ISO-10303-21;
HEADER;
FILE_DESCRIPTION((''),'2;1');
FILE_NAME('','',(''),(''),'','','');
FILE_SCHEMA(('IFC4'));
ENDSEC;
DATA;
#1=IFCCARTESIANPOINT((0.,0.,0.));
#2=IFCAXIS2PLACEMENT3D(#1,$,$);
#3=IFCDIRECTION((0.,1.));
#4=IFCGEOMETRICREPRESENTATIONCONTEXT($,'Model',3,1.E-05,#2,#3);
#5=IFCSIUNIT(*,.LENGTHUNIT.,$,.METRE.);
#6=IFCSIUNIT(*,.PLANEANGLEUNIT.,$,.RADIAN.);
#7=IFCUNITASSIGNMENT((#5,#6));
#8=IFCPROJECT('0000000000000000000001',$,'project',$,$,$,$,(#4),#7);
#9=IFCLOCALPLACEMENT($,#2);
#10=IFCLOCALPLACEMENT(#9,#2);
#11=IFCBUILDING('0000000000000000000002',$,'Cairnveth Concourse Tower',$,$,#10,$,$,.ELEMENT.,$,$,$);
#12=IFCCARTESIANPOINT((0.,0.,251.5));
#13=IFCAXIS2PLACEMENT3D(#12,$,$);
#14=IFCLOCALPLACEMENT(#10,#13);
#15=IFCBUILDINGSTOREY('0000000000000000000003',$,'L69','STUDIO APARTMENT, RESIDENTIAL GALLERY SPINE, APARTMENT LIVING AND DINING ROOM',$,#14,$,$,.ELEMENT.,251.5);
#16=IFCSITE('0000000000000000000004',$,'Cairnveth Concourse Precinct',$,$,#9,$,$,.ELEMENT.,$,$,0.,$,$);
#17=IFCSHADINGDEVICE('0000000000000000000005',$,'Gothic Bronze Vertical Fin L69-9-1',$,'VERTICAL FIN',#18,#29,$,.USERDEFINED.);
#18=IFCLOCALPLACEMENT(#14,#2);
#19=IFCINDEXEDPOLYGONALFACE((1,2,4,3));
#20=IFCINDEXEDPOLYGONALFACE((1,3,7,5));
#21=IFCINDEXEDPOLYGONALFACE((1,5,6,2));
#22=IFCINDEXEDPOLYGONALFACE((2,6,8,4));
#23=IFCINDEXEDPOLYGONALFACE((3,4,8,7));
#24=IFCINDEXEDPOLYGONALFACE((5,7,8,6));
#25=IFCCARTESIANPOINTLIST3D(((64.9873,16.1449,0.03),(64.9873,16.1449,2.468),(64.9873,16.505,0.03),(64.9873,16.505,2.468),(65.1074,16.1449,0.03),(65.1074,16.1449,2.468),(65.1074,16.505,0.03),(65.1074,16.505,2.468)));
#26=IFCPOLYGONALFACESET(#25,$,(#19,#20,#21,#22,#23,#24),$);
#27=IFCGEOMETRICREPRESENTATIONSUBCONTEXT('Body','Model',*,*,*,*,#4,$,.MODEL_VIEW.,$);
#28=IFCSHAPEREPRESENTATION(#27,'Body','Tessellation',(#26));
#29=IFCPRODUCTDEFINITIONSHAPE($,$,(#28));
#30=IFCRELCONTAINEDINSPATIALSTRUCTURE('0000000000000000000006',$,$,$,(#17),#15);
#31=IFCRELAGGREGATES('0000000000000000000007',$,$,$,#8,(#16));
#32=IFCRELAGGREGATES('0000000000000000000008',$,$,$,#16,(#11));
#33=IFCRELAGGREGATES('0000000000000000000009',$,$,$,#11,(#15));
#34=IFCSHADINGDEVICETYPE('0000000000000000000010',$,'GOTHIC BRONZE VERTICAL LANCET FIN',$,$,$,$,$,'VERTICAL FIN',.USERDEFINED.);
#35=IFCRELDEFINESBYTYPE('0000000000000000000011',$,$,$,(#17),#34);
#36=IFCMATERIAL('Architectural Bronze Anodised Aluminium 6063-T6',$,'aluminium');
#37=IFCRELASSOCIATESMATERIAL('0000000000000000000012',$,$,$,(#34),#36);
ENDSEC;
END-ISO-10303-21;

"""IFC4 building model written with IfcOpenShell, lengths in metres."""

from ifc_helpers import new_model, si_unit, direction, frame, origin, origin_2d, place, context, subcontext, project, spatial, rectangle, extrude, material, type_object, element, save


model = new_model("IFC4")

# Units and contexts
model_context = context("Model", 3, precision=1e-05, world=origin(), true_north=direction((0.0, 1.0)))
body_context = subcontext(model_context, "Body", "Model", "MODEL_VIEW")
ifc_project = project(units=[si_unit("LENGTHUNIT", "METRE"), si_unit("PLANEANGLEUNIT", "RADIAN")], contexts=[model_context])

# Site, building, storey
site_placement = place(None, origin())
site = spatial("IfcSite", under=ifc_project, at=site_placement, Name="Cairnveth Concourse Precinct", CompositionType="ELEMENT", RefElevation=0.0)
building_placement = place(site_placement, origin())
building = spatial("IfcBuilding", under=site, at=building_placement, Name="Cairnveth Concourse Tower", CompositionType="ELEMENT")
storey_placement = place(building_placement, frame((0.0, 0.0, 251.5)))
storey = spatial("IfcBuildingStorey", under=building, at=storey_placement, Name="L69", Description="STUDIO APARTMENT, RESIDENTIAL GALLERY SPINE, APARTMENT LIVING AND DINING ROOM", CompositionType="ELEMENT", Elevation=251.5)

# Shading device
ifc_material_1 = material(Name="Architectural Bronze Anodised Aluminium 6063-T6", Category="aluminium")
shading_device_type = type_object("IfcShadingDeviceType", Name="GOTHIC BRONZE VERTICAL LANCET FIN", ElementType="VERTICAL FIN", PredefinedType="USERDEFINED", material=ifc_material_1)
shading_device_placement = place(storey_placement, frame((65.0474, 16.325, 0.03), z_axis=(0.0, 0.0, 1.0), x_axis=(1.0, 0.0, 0.0)))
element("IfcShadingDevice", 1, at=shading_device_placement, inside=storey, type_object=shading_device_type, Name="Gothic Bronze Vertical Fin L69-9-1", ObjectType="VERTICAL FIN", PredefinedType="USERDEFINED", context=body_context, shape_type="SweptSolid", body=[
    extrude(rectangle(XDim=0.1201, YDim=0.3601, at=origin_2d()), origin(), (0.0, 0.0, 1.0), 2.438),
])

save(model, "model.ifc")
